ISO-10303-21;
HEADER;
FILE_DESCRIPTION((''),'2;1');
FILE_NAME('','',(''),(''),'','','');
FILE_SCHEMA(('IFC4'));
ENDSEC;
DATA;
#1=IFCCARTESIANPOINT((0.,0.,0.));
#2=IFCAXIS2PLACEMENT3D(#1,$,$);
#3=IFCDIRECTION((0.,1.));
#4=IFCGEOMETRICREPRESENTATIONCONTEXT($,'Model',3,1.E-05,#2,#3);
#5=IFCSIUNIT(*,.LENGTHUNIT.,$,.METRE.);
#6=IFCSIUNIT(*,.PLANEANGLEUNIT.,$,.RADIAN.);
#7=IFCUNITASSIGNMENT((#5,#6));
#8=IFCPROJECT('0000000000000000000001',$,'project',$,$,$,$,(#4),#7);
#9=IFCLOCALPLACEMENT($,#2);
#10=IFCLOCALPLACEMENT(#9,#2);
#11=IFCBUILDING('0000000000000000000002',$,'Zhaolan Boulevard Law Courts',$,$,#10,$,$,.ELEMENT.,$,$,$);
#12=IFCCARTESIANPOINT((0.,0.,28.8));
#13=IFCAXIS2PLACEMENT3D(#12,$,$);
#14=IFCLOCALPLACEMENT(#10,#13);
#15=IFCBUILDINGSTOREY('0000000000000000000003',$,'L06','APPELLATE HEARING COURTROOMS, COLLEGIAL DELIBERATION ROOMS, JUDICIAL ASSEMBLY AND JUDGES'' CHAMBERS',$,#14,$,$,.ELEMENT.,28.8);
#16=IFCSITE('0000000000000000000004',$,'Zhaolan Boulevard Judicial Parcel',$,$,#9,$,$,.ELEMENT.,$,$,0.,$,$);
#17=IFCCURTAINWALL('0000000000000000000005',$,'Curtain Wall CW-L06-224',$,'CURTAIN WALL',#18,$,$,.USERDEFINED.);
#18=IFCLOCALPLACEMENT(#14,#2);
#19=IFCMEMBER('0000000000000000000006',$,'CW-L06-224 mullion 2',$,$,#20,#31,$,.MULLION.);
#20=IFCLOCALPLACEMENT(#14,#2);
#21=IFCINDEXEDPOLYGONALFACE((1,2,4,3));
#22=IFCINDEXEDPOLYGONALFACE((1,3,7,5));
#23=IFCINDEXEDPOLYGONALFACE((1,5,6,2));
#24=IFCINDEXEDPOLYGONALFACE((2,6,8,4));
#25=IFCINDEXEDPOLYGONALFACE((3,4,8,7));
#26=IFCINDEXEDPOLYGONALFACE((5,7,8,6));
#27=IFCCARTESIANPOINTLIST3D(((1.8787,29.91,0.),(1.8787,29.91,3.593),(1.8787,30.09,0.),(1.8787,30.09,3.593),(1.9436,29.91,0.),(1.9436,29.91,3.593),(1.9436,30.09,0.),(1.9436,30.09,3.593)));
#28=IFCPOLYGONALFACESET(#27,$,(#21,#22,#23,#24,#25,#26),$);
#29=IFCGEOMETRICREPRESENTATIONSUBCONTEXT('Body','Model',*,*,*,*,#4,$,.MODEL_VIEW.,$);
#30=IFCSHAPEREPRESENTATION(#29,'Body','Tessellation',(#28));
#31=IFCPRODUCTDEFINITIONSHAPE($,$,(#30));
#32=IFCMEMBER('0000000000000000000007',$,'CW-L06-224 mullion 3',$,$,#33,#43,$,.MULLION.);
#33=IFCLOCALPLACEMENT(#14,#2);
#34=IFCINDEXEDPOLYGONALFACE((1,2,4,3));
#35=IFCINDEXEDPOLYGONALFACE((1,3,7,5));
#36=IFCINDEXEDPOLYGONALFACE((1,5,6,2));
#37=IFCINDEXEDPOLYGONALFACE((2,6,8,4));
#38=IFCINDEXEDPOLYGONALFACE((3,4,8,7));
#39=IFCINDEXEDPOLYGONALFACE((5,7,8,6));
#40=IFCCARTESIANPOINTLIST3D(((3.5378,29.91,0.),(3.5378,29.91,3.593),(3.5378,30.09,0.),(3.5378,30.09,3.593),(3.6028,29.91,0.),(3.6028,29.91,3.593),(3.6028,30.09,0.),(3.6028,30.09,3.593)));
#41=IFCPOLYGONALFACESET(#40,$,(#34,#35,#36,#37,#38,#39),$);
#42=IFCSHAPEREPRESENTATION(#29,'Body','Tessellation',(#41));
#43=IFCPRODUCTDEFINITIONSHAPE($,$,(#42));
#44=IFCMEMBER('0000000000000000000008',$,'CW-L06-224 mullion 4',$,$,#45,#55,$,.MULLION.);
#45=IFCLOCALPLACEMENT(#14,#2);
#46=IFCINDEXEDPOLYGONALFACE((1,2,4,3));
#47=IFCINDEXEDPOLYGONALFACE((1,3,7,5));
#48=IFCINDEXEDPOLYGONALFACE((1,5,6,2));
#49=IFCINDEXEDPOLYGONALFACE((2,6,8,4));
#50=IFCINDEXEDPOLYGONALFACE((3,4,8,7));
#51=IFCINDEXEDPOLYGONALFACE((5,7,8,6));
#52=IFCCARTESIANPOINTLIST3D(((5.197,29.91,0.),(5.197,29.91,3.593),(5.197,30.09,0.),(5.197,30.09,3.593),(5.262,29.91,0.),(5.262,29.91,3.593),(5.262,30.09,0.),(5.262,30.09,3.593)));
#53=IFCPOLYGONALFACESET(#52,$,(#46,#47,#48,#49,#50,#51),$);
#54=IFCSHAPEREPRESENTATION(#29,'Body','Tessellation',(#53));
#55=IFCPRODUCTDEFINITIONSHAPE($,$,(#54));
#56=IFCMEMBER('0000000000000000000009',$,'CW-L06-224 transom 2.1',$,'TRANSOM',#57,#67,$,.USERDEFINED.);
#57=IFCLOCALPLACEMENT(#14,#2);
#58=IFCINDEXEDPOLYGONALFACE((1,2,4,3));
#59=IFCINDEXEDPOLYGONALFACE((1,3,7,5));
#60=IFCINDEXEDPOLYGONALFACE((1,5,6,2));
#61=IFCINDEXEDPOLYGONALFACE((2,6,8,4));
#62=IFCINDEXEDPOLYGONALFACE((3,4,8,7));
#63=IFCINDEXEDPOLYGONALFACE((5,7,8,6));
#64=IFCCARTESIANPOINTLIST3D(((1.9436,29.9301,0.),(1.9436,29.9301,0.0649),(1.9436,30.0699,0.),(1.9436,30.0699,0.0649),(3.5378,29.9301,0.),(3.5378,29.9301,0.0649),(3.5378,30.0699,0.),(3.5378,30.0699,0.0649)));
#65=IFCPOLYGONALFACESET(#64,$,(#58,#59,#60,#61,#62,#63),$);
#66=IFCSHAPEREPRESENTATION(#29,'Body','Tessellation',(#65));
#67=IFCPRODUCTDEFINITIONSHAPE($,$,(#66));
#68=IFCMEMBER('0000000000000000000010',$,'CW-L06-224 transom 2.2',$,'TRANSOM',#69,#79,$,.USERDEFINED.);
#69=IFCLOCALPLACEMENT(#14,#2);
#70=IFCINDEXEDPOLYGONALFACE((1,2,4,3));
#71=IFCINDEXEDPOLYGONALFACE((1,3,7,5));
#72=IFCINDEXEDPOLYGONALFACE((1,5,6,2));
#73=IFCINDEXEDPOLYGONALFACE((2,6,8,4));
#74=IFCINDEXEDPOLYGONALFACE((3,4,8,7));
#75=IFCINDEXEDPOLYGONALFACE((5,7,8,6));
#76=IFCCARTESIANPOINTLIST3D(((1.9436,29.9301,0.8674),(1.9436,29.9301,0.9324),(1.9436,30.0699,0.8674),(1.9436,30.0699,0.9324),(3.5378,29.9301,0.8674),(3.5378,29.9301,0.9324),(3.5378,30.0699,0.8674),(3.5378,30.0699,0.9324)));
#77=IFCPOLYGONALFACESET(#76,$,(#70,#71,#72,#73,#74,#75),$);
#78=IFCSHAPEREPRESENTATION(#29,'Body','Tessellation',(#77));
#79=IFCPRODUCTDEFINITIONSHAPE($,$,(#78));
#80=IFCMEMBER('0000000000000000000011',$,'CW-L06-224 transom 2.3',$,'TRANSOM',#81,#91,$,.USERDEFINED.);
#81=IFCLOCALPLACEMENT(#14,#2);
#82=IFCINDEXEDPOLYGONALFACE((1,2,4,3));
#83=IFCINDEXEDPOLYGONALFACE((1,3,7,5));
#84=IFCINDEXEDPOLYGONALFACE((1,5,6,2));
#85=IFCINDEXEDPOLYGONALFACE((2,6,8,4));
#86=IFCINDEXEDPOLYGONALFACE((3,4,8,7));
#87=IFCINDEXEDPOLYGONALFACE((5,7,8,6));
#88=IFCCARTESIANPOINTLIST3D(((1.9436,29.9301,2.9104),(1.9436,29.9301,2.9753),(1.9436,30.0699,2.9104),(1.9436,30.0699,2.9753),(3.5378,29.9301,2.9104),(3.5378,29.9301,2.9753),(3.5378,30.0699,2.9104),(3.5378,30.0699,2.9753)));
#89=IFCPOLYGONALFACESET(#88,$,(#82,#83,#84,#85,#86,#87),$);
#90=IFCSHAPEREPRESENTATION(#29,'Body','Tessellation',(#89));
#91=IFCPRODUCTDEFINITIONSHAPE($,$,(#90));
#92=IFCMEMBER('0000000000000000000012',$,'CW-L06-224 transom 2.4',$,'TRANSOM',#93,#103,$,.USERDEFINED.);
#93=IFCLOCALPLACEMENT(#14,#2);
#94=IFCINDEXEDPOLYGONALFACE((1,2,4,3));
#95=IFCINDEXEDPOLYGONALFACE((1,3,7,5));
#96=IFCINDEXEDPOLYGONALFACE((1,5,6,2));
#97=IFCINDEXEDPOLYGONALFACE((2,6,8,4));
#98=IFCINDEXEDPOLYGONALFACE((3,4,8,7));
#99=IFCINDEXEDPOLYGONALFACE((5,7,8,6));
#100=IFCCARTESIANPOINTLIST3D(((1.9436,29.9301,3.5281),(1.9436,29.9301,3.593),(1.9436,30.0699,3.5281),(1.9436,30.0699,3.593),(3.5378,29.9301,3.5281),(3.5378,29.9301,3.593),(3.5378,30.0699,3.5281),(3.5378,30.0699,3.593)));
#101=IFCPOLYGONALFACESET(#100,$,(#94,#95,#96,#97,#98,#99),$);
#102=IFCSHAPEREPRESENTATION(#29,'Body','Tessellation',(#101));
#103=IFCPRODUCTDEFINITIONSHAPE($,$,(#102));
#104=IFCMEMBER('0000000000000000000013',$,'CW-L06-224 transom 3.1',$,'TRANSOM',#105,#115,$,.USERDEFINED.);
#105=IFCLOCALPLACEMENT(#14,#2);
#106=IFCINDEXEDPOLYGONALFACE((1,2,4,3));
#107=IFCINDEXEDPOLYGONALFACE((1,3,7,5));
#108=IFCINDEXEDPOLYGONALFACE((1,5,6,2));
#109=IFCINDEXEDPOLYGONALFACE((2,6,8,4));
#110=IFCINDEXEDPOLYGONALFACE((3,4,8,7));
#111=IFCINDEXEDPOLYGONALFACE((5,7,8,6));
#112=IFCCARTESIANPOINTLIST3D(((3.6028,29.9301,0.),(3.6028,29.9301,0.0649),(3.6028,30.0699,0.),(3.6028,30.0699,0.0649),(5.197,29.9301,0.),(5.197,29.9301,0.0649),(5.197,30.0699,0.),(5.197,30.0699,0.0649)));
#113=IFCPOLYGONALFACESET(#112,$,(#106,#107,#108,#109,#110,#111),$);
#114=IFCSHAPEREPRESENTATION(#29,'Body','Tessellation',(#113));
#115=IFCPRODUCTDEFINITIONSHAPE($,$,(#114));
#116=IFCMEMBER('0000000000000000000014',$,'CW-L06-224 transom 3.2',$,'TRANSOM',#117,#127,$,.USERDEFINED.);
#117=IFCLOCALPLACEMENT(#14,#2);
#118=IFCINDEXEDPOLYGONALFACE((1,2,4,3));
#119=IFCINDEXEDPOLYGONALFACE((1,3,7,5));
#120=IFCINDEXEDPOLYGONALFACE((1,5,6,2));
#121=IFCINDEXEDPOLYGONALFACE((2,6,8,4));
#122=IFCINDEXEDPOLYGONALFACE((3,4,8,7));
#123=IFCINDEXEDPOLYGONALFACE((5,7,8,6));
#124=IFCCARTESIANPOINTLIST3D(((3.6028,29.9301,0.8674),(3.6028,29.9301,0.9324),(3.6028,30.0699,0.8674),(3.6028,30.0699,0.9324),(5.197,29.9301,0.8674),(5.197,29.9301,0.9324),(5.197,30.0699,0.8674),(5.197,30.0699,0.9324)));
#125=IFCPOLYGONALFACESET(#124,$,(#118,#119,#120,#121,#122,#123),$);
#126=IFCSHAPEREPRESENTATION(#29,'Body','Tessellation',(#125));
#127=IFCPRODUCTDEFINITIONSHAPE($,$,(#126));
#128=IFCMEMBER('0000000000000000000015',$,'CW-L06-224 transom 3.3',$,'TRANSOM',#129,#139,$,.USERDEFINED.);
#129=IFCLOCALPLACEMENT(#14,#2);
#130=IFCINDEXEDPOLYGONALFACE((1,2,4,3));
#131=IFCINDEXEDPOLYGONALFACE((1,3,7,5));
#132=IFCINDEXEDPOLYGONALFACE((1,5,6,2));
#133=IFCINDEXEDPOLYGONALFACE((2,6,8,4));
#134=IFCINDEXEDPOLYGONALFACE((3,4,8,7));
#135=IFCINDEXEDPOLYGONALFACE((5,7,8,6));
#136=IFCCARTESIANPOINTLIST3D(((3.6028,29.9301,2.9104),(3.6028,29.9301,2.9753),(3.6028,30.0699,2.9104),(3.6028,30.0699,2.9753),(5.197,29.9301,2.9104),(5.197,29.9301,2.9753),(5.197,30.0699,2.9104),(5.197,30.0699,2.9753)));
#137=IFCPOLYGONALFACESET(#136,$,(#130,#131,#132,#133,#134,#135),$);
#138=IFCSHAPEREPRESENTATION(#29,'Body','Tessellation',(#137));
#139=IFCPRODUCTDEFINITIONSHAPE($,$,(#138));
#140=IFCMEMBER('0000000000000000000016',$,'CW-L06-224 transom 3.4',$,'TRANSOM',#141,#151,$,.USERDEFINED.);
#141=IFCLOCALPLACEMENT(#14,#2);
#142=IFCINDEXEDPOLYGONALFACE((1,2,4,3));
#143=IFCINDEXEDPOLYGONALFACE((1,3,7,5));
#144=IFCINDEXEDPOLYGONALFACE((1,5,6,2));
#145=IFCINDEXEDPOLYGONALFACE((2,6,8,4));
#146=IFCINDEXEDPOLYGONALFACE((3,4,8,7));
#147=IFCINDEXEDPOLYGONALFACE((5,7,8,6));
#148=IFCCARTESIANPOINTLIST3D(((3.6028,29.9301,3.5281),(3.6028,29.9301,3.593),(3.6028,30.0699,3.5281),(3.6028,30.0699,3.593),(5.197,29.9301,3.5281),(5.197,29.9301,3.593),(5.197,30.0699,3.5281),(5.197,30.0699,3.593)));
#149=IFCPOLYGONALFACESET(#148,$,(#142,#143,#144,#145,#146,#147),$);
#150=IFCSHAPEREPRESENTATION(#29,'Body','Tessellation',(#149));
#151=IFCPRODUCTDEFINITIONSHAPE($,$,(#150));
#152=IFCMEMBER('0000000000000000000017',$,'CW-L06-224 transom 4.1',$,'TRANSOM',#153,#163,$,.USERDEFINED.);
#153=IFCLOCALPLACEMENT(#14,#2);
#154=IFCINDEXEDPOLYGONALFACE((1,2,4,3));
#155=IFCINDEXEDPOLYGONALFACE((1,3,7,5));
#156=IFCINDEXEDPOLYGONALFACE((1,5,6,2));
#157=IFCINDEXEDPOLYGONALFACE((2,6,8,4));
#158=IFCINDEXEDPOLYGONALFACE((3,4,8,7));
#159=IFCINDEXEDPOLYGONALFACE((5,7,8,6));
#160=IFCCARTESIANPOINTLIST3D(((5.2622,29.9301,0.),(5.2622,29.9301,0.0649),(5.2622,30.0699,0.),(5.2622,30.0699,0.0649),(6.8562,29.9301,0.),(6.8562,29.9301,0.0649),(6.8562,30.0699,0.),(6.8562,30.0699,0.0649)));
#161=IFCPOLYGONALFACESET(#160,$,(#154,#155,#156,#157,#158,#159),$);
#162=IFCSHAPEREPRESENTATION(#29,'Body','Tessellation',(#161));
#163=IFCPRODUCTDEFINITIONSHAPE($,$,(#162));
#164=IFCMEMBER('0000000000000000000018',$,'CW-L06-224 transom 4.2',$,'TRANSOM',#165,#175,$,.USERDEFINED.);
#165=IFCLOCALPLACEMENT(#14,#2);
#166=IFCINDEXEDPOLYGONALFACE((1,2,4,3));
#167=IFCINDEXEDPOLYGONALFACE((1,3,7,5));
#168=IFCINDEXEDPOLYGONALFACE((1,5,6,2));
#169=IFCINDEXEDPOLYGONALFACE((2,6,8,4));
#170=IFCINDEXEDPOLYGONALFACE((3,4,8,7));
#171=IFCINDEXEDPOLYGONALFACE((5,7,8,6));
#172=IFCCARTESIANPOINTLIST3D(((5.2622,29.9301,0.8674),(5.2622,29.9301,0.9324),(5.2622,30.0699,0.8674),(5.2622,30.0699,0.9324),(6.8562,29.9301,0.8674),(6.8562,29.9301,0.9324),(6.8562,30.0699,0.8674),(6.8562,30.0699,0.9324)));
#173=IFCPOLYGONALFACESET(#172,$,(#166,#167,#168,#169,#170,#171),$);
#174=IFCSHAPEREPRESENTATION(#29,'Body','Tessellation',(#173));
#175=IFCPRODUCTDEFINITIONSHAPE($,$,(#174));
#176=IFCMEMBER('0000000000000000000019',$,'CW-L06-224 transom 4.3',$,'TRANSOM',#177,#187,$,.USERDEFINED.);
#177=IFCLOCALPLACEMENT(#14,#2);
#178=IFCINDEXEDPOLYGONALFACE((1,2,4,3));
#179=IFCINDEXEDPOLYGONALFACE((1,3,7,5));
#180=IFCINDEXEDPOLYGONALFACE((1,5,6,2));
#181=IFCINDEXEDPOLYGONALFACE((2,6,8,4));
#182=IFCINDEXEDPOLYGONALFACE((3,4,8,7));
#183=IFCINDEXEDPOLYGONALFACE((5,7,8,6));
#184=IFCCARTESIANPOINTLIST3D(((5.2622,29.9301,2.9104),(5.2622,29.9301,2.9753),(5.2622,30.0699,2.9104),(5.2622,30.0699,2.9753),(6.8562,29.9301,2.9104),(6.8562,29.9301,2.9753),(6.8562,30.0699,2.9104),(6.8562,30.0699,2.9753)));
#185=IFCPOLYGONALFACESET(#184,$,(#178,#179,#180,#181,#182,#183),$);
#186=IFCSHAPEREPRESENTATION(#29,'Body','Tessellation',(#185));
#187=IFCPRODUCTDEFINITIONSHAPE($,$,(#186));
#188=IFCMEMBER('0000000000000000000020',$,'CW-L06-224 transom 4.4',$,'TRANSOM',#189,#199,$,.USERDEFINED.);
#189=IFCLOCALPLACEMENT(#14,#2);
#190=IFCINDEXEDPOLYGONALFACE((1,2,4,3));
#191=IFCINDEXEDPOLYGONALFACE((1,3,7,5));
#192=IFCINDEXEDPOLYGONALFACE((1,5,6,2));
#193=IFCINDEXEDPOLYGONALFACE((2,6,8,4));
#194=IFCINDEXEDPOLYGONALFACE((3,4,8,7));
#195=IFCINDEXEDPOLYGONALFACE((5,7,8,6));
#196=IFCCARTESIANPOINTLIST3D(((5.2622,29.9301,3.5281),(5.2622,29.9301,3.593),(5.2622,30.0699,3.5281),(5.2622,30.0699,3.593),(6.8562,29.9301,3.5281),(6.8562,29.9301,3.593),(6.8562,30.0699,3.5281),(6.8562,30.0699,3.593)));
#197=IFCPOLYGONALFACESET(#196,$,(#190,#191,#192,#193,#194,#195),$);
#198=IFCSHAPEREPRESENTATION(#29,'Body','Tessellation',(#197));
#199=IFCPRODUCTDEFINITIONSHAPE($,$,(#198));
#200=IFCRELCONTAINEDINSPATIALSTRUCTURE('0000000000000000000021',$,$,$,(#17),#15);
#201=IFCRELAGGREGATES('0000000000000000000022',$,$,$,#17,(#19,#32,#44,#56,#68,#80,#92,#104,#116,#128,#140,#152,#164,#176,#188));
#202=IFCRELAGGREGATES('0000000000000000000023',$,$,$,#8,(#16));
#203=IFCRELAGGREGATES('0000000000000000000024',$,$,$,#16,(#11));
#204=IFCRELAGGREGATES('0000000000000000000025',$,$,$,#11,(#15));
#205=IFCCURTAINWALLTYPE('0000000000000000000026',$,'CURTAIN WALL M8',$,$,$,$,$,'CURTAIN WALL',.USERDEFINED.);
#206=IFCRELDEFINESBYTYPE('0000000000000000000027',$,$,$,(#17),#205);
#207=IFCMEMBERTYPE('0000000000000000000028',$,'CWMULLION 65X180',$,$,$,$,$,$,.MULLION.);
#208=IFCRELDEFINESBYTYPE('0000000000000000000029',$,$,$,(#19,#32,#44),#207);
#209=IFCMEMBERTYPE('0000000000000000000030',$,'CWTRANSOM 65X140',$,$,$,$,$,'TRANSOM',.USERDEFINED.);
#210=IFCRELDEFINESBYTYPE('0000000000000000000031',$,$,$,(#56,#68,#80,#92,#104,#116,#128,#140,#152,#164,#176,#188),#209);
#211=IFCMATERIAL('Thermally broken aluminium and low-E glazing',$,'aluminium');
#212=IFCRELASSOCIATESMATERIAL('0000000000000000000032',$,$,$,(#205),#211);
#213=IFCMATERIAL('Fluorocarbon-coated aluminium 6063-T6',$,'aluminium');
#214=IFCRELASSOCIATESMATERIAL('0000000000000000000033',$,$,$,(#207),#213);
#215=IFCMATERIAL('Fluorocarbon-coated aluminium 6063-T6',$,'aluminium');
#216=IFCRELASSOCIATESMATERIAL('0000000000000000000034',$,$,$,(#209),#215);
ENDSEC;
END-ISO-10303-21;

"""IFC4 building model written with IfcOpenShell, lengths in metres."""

from ifc_helpers import new_model, si_unit, direction, frame, origin, origin_2d, place, context, subcontext, project, spatial, rectangle, extrude, material, material_profile, profile_set, type_object, element, aggregate, save


model = new_model("IFC4")

# Units and contexts
model_context = context("Model", 3, precision=1e-05, world=origin(), true_north=direction((0.0, 1.0)))
body_context = subcontext(model_context, "Body", "Model", "MODEL_VIEW")
ifc_project = project(units=[si_unit("LENGTHUNIT", "METRE"), si_unit("PLANEANGLEUNIT", "RADIAN")], contexts=[model_context])

# Site, building, storey
site_placement = place(None, origin())
site = spatial("IfcSite", under=ifc_project, at=site_placement, Name="Zhaolan Boulevard Judicial Parcel", CompositionType="ELEMENT", RefElevation=0.0)
building_placement = place(site_placement, origin())
building = spatial("IfcBuilding", under=site, at=building_placement, Name="Zhaolan Boulevard Law Courts", CompositionType="ELEMENT")
storey_placement = place(building_placement, frame((0.0, 0.0, 28.8)))
storey = spatial("IfcBuildingStorey", under=building, at=storey_placement, Name="L06", Description="APPELLATE HEARING COURTROOMS, COLLEGIAL DELIBERATION ROOMS, JUDICIAL ASSEMBLY AND JUDGES' CHAMBERS", CompositionType="ELEMENT", Elevation=28.8)

# Curtain wall, members
ifc_material_1 = material(Name="Thermally broken aluminium and low-E glazing", Category="aluminium")
curtain_wall_type = type_object("IfcCurtainWallType", Name="CURTAIN WALL M8", ElementType="CURTAIN WALL", PredefinedType="USERDEFINED", material=ifc_material_1)
curtain_wall_placement = place(storey_placement, origin())
curtain_wall = element("IfcCurtainWall", 1, at=curtain_wall_placement, inside=storey, type_object=curtain_wall_type, Name="Curtain Wall CW-L06-224", ObjectType="CURTAIN WALL", PredefinedType="USERDEFINED")
ifc_material_2 = material(Name="Fluorocarbon-coated aluminium 6063-T6", Category="aluminium")
ifc_material_profile_1 = material_profile(ifc_material_2, rectangle(XDim=0.1799, YDim=0.0649, at=origin_2d()), Name="AL65x180")
ifc_profile_set_1 = profile_set([ifc_material_profile_1], Name="Fluorocarbon-coated aluminium 6063-T6")
member_type_1 = type_object("IfcMemberType", Name="CWMULLION 65X180", PredefinedType="MULLION", material=ifc_profile_set_1)
member_1_placement = place(storey_placement, frame((1.9111, 30.0, 0.0), z_axis=(0.0, 0.0, 1.0), x_axis=(0.0, 1.0, 0.0)))
member_1 = element("IfcMember", 2, at=member_1_placement, type_object=member_type_1, Name="CW-L06-224 mullion 2", PredefinedType="MULLION", context=body_context, shape_type="SweptSolid", body=[
    extrude(rectangle(XDim=0.1799, YDim=0.0649, at=origin_2d()), origin(), (0.0, 0.0, 1.0), 3.593),
])
member_2_placement = place(storey_placement, frame((3.5703, 30.0, 0.0), z_axis=(0.0, 0.0, 1.0), x_axis=(0.0, 1.0, 0.0)))
member_2 = element("IfcMember", 3, at=member_2_placement, type_object=member_type_1, Name="CW-L06-224 mullion 3", PredefinedType="MULLION", context=body_context, shape_type="SweptSolid", body=[
    extrude(rectangle(XDim=0.1799, YDim=0.0649, at=origin_2d()), origin(), (0.0, 0.0, 1.0), 3.593),
])
member_3_placement = place(storey_placement, frame((5.2295, 30.0, 0.0), z_axis=(0.0, 0.0, 1.0), x_axis=(0.0, 1.0, 0.0)))
member_3 = element("IfcMember", 4, at=member_3_placement, type_object=member_type_1, Name="CW-L06-224 mullion 4", PredefinedType="MULLION", context=body_context, shape_type="SweptSolid", body=[
    extrude(rectangle(XDim=0.1799, YDim=0.0649, at=origin_2d()), origin(), (0.0, 0.0, 1.0), 3.593),
])
ifc_material_3 = material(Name="Fluorocarbon-coated aluminium 6063-T6", Category="aluminium")
ifc_material_profile_2 = material_profile(ifc_material_3, rectangle(XDim=0.1399, YDim=0.0649, at=origin_2d()), Name="AL65x140")
ifc_profile_set_2 = profile_set([ifc_material_profile_2], Name="Fluorocarbon-coated aluminium 6063-T6")
member_type_2 = type_object("IfcMemberType", Name="CWTRANSOM 65X140", ElementType="TRANSOM", PredefinedType="USERDEFINED", material=ifc_profile_set_2)
member_4_placement = place(storey_placement, frame((1.9436, 30.0, 0.0325), z_axis=(1.0, 0.0, 0.0), x_axis=(0.0, 1.0, 0.0)))
member_4 = element("IfcMember", 5, at=member_4_placement, type_object=member_type_2, Name="CW-L06-224 transom 2.1", ObjectType="TRANSOM", PredefinedType="USERDEFINED", context=body_context, shape_type="SweptSolid", body=[
    extrude(rectangle(XDim=0.1399, YDim=0.0649, at=origin_2d()), origin(), (0.0, 0.0, 1.0), 1.5942),
])
member_5_placement = place(storey_placement, frame((1.9436, 30.0, 0.8999), z_axis=(1.0, 0.0, 0.0), x_axis=(0.0, 1.0, 0.0)))
member_5 = element("IfcMember", 6, at=member_5_placement, type_object=member_type_2, Name="CW-L06-224 transom 2.2", ObjectType="TRANSOM", PredefinedType="USERDEFINED", context=body_context, shape_type="SweptSolid", body=[
    extrude(rectangle(XDim=0.1399, YDim=0.0649, at=origin_2d()), origin(), (0.0, 0.0, 1.0), 1.5942),
])
member_6_placement = place(storey_placement, frame((1.9436, 30.0, 2.9429), z_axis=(1.0, 0.0, 0.0), x_axis=(0.0, 1.0, 0.0)))
member_6 = element("IfcMember", 7, at=member_6_placement, type_object=member_type_2, Name="CW-L06-224 transom 2.3", ObjectType="TRANSOM", PredefinedType="USERDEFINED", context=body_context, shape_type="SweptSolid", body=[
    extrude(rectangle(XDim=0.1399, YDim=0.0649, at=origin_2d()), origin(), (0.0, 0.0, 1.0), 1.5942),
])
member_7_placement = place(storey_placement, frame((1.9436, 30.0, 3.5605), z_axis=(1.0, 0.0, 0.0), x_axis=(0.0, 1.0, 0.0)))
member_7 = element("IfcMember", 8, at=member_7_placement, type_object=member_type_2, Name="CW-L06-224 transom 2.4", ObjectType="TRANSOM", PredefinedType="USERDEFINED", context=body_context, shape_type="SweptSolid", body=[
    extrude(rectangle(XDim=0.1399, YDim=0.0649, at=origin_2d()), origin(), (0.0, 0.0, 1.0), 1.5942),
])
member_8_placement = place(storey_placement, frame((3.6028, 30.0, 0.0325), z_axis=(1.0, 0.0, 0.0), x_axis=(0.0, 1.0, 0.0)))
member_8 = element("IfcMember", 9, at=member_8_placement, type_object=member_type_2, Name="CW-L06-224 transom 3.1", ObjectType="TRANSOM", PredefinedType="USERDEFINED", context=body_context, shape_type="SweptSolid", body=[
    extrude(rectangle(XDim=0.1399, YDim=0.0649, at=origin_2d()), origin(), (0.0, 0.0, 1.0), 1.5942),
])
member_9_placement = place(storey_placement, frame((3.6028, 30.0, 0.8999), z_axis=(1.0, 0.0, 0.0), x_axis=(0.0, 1.0, 0.0)))
member_9 = element("IfcMember", 10, at=member_9_placement, type_object=member_type_2, Name="CW-L06-224 transom 3.2", ObjectType="TRANSOM", PredefinedType="USERDEFINED", context=body_context, shape_type="SweptSolid", body=[
    extrude(rectangle(XDim=0.1399, YDim=0.0649, at=origin_2d()), origin(), (0.0, 0.0, 1.0), 1.5942),
])
member_10_placement = place(storey_placement, frame((3.6028, 30.0, 2.9429), z_axis=(1.0, 0.0, 0.0), x_axis=(0.0, 1.0, 0.0)))
member_10 = element("IfcMember", 11, at=member_10_placement, type_object=member_type_2, Name="CW-L06-224 transom 3.3", ObjectType="TRANSOM", PredefinedType="USERDEFINED", context=body_context, shape_type="SweptSolid", body=[
    extrude(rectangle(XDim=0.1399, YDim=0.0649, at=origin_2d()), origin(), (0.0, 0.0, 1.0), 1.5942),
])
member_11_placement = place(storey_placement, frame((3.6028, 30.0, 3.5605), z_axis=(1.0, 0.0, 0.0), x_axis=(0.0, 1.0, 0.0)))
member_11 = element("IfcMember", 12, at=member_11_placement, type_object=member_type_2, Name="CW-L06-224 transom 3.4", ObjectType="TRANSOM", PredefinedType="USERDEFINED", context=body_context, shape_type="SweptSolid", body=[
    extrude(rectangle(XDim=0.1399, YDim=0.0649, at=origin_2d()), origin(), (0.0, 0.0, 1.0), 1.5942),
])
member_12_placement = place(storey_placement, frame((5.2622, 30.0, 0.0325), z_axis=(1.0, 0.0, 0.0), x_axis=(0.0, 1.0, 0.0)))
member_12 = element("IfcMember", 13, at=member_12_placement, type_object=member_type_2, Name="CW-L06-224 transom 4.1", ObjectType="TRANSOM", PredefinedType="USERDEFINED", context=body_context, shape_type="SweptSolid", body=[
    extrude(rectangle(XDim=0.1399, YDim=0.0649, at=origin_2d()), origin(), (0.0, 0.0, 1.0), 1.594),
])
member_13_placement = place(storey_placement, frame((5.2622, 30.0, 0.8999), z_axis=(1.0, 0.0, 0.0), x_axis=(0.0, 1.0, 0.0)))
member_13 = element("IfcMember", 14, at=member_13_placement, type_object=member_type_2, Name="CW-L06-224 transom 4.2", ObjectType="TRANSOM", PredefinedType="USERDEFINED", context=body_context, shape_type="SweptSolid", body=[
    extrude(rectangle(XDim=0.1399, YDim=0.0649, at=origin_2d()), origin(), (0.0, 0.0, 1.0), 1.594),
])
member_14_placement = place(storey_placement, frame((5.2622, 30.0, 2.9429), z_axis=(1.0, 0.0, 0.0), x_axis=(0.0, 1.0, 0.0)))
member_14 = element("IfcMember", 15, at=member_14_placement, type_object=member_type_2, Name="CW-L06-224 transom 4.3", ObjectType="TRANSOM", PredefinedType="USERDEFINED", context=body_context, shape_type="SweptSolid", body=[
    extrude(rectangle(XDim=0.1399, YDim=0.0649, at=origin_2d()), origin(), (0.0, 0.0, 1.0), 1.594),
])
member_15_placement = place(storey_placement, frame((5.2622, 30.0, 3.5605), z_axis=(1.0, 0.0, 0.0), x_axis=(0.0, 1.0, 0.0)))
member_15 = element("IfcMember", 16, at=member_15_placement, type_object=member_type_2, Name="CW-L06-224 transom 4.4", ObjectType="TRANSOM", PredefinedType="USERDEFINED", context=body_context, shape_type="SweptSolid", body=[
    extrude(rectangle(XDim=0.1399, YDim=0.0649, at=origin_2d()), origin(), (0.0, 0.0, 1.0), 1.594),
])
aggregate(curtain_wall, [member_1, member_2, member_3, member_4, member_5, member_6, member_7, member_8, member_9, member_10, member_11, member_12, member_13, member_14, member_15])

save(model, "model.ifc")
